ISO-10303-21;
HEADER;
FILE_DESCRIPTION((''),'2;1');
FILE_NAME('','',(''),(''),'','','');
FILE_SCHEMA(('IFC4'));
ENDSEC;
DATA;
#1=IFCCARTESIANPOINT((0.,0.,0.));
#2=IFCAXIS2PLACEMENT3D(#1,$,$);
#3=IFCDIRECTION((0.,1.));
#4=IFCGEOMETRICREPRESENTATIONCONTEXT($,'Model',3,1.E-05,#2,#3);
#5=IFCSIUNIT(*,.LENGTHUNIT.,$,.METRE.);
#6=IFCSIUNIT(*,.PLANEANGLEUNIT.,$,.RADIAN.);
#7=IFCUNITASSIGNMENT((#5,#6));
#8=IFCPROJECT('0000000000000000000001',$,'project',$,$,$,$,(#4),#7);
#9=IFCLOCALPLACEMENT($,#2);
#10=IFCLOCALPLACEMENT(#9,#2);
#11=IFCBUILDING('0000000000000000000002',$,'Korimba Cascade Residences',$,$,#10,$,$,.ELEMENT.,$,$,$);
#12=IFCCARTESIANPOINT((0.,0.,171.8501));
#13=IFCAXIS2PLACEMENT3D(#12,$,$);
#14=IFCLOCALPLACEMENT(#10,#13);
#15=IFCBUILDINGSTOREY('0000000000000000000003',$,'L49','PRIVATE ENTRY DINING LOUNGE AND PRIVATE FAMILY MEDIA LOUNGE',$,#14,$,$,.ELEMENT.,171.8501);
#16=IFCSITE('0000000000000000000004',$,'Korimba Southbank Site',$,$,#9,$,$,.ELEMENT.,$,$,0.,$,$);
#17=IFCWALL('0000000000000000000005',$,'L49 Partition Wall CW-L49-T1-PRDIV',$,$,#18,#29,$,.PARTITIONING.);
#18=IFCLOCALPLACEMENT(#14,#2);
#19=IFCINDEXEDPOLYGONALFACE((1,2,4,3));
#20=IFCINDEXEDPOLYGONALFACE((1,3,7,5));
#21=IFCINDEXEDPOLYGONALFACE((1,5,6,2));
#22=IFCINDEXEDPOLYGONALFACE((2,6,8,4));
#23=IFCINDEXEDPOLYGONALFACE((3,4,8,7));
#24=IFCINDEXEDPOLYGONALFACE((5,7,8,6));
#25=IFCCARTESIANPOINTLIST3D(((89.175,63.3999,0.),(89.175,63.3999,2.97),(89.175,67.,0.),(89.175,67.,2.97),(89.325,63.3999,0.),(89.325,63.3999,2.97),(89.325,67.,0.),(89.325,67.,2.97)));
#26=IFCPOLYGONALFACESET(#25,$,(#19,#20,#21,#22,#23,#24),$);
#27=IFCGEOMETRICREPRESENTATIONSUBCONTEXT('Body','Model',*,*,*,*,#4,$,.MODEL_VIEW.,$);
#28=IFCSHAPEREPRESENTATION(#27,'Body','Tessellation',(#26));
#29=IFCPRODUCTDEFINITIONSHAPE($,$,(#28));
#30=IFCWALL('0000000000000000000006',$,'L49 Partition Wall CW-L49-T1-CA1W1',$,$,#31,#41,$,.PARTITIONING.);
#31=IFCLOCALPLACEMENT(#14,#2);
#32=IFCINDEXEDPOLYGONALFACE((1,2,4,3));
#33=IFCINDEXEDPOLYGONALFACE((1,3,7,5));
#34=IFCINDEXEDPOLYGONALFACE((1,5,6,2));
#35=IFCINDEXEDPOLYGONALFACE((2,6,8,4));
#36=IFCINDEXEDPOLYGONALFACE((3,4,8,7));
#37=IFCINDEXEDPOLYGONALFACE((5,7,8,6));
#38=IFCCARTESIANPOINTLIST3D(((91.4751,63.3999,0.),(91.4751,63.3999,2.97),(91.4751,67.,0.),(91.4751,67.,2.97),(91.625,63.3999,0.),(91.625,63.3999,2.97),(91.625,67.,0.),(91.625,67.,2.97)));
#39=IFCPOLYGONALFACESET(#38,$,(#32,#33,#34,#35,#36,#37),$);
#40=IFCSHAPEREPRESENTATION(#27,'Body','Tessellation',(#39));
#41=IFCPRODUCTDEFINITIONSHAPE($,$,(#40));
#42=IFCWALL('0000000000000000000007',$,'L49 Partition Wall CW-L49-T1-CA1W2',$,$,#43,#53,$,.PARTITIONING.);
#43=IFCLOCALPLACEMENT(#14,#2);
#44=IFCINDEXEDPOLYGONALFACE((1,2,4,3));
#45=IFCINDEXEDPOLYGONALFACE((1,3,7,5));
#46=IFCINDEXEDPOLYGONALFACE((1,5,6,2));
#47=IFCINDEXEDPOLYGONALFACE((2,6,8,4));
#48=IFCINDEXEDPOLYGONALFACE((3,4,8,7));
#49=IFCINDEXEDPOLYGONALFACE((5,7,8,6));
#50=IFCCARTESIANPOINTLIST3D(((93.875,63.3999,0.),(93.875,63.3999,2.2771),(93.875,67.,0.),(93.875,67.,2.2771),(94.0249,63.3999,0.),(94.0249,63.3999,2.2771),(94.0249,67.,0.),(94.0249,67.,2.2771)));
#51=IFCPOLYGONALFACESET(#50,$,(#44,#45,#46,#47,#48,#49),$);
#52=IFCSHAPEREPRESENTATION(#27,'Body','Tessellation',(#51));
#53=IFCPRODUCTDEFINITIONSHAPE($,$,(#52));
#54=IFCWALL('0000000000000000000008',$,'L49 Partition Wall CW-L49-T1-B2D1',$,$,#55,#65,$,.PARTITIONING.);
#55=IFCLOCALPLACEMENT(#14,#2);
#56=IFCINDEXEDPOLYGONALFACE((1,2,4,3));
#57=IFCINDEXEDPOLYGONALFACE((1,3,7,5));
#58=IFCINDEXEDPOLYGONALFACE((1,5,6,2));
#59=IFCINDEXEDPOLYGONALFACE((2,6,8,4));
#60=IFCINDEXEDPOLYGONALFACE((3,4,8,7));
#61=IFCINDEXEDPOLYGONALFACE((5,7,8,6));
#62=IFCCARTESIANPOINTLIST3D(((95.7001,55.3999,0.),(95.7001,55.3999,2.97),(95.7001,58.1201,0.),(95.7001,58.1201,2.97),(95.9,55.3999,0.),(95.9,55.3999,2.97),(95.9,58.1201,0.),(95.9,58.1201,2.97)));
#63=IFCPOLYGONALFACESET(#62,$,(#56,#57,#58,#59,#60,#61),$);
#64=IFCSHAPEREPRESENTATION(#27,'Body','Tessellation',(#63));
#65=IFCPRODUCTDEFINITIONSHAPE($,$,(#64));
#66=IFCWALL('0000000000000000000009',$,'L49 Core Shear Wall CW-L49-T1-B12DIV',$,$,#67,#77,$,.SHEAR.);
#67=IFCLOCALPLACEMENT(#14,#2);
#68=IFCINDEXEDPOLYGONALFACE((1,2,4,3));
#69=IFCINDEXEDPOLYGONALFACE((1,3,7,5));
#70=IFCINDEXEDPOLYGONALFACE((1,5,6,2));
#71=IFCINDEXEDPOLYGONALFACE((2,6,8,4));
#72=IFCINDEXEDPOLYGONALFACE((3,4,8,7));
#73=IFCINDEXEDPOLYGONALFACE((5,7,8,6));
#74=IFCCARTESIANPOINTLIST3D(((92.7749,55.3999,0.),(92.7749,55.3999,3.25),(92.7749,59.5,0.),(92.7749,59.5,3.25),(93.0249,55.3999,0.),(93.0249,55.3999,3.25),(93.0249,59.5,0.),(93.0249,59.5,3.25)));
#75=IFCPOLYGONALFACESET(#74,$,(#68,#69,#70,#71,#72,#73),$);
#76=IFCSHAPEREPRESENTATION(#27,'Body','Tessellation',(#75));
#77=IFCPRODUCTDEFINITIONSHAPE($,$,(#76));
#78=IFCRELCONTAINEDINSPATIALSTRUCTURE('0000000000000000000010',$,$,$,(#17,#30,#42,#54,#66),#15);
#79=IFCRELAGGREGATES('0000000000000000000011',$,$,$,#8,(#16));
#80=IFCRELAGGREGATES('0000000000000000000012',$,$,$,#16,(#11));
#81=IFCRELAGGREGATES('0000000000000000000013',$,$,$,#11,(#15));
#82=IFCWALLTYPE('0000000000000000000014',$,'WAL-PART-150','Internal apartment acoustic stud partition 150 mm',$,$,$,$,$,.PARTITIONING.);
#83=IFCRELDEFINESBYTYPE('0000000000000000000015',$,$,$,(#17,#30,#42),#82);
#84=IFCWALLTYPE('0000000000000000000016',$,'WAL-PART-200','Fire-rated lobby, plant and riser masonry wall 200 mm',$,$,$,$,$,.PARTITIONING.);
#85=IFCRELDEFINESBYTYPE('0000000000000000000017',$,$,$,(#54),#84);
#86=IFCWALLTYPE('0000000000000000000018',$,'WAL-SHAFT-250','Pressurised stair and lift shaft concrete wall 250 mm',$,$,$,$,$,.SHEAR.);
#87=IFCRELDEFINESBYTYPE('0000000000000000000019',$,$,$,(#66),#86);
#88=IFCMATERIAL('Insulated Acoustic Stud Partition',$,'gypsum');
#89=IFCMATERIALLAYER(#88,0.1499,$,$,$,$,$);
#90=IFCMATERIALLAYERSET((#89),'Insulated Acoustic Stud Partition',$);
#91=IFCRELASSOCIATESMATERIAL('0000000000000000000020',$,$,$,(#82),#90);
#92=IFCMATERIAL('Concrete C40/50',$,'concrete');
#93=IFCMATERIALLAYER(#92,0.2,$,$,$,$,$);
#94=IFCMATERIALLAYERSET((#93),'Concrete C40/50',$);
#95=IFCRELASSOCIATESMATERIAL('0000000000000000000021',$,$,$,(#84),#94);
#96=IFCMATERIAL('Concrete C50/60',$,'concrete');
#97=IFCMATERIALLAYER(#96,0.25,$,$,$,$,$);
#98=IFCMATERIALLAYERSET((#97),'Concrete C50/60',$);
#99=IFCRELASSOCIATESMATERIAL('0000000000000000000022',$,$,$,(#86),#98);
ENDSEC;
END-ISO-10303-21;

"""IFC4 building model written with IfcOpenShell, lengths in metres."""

from ifc_helpers import new_model, si_unit, direction, frame, frame_2d, origin, place, context, subcontext, project, spatial, rectangle, extrude, material, layer, layer_set, type_object, element, save


model = new_model("IFC4")

# Units and contexts
model_context = context("Model", 3, precision=1e-05, world=origin(), true_north=direction((0.0, 1.0)))
body_context = subcontext(model_context, "Body", "Model", "MODEL_VIEW")
ifc_project = project(units=[si_unit("LENGTHUNIT", "METRE"), si_unit("PLANEANGLEUNIT", "RADIAN")], contexts=[model_context])

# Site, building, storey
site_placement = place(None, origin())
site = spatial("IfcSite", under=ifc_project, at=site_placement, Name="Korimba Southbank Site", CompositionType="ELEMENT", RefElevation=0.0)
building_placement = place(site_placement, origin())
building = spatial("IfcBuilding", under=site, at=building_placement, Name="Korimba Cascade Residences", CompositionType="ELEMENT")
storey_placement = place(building_placement, frame((0.0, 0.0, 171.8501)))
storey = spatial("IfcBuildingStorey", under=building, at=storey_placement, Name="L49", Description="PRIVATE ENTRY DINING LOUNGE AND PRIVATE FAMILY MEDIA LOUNGE", CompositionType="ELEMENT", Elevation=171.8501)

# Walls
ifc_material_1 = material(Name="Insulated Acoustic Stud Partition", Category="gypsum")
ifc_layer_1 = layer(ifc_material_1, 0.1499)
ifc_layer_set_1 = layer_set([ifc_layer_1], Name="Insulated Acoustic Stud Partition")
wall_type_1 = type_object("IfcWallType", Name="WAL-PART-150", Description="Internal apartment acoustic stud partition 150 mm", PredefinedType="PARTITIONING", material=ifc_layer_set_1)
for number, where, z_axis, x_axis, name in (
    (1, (89.25, 63.3999, 0.0), (0.0, 0.0, 1.0), (0.0, 1.0, 0.0), "L49 Partition Wall CW-L49-T1-PRDIV"),
    (2, (91.55, 63.3999, 0.0), (0.0, 0.0, 1.0), (0.0, 1.0, 0.0), "L49 Partition Wall CW-L49-T1-CA1W1"),
):
    element("IfcWall", number, at=place(storey_placement, frame(where, z_axis=z_axis, x_axis=x_axis)), inside=storey, type_object=wall_type_1, Name=name, PredefinedType="PARTITIONING", context=body_context, shape_type="SweptSolid", body=[
        extrude(rectangle(XDim=3.6001, YDim=0.1499, at=frame_2d((1.8, 0.0))), origin(), (0.0, 0.0, 1.0), 2.97),
    ])
wall_1_placement = place(storey_placement, frame((93.95, 63.3999, 0.0), z_axis=(0.0, 0.0, 1.0), x_axis=(0.0, 1.0, 0.0)))
element("IfcWall", 3, at=wall_1_placement, inside=storey, type_object=wall_type_1, Name="L49 Partition Wall CW-L49-T1-CA1W2", PredefinedType="PARTITIONING", context=body_context, shape_type="SweptSolid", body=[
    extrude(rectangle(XDim=3.6001, YDim=0.1499, at=frame_2d((1.8, 0.0))), origin(), (0.0, 0.0, 1.0), 2.2771),
])
ifc_material_2 = material(Name="Concrete C40/50", Category="concrete")
ifc_layer_2 = layer(ifc_material_2, 0.2)
ifc_layer_set_2 = layer_set([ifc_layer_2], Name="Concrete C40/50")
wall_type_2 = type_object("IfcWallType", Name="WAL-PART-200", Description="Fire-rated lobby, plant and riser masonry wall 200 mm", PredefinedType="PARTITIONING", material=ifc_layer_set_2)
wall_2_placement = place(storey_placement, frame((95.8, 55.3999, 0.0), z_axis=(0.0, 0.0, 1.0), x_axis=(0.0, 1.0, 0.0)))
element("IfcWall", 4, at=wall_2_placement, inside=storey, type_object=wall_type_2, Name="L49 Partition Wall CW-L49-T1-B2D1", PredefinedType="PARTITIONING", context=body_context, shape_type="SweptSolid", body=[
    extrude(rectangle(XDim=2.7202, YDim=0.2, at=frame_2d((1.3601, 0.0))), origin(), (0.0, 0.0, 1.0), 2.97),
])
ifc_material_3 = material(Name="Concrete C50/60", Category="concrete")
ifc_layer_3 = layer(ifc_material_3, 0.25)
ifc_layer_set_3 = layer_set([ifc_layer_3], Name="Concrete C50/60")
wall_type_3 = type_object("IfcWallType", Name="WAL-SHAFT-250", Description="Pressurised stair and lift shaft concrete wall 250 mm", PredefinedType="SHEAR", material=ifc_layer_set_3)
wall_3_placement = place(storey_placement, frame((92.8999, 55.3999, 0.0), z_axis=(0.0, 0.0, 1.0), x_axis=(0.0, 1.0, 0.0)))
element("IfcWall", 5, at=wall_3_placement, inside=storey, type_object=wall_type_3, Name="L49 Core Shear Wall CW-L49-T1-B12DIV", PredefinedType="SHEAR", context=body_context, shape_type="SweptSolid", body=[
    extrude(rectangle(XDim=4.1001, YDim=0.25, at=frame_2d((2.05, 0.0))), origin(), (0.0, 0.0, 1.0), 3.25),
])

save(model, "model.ifc")
